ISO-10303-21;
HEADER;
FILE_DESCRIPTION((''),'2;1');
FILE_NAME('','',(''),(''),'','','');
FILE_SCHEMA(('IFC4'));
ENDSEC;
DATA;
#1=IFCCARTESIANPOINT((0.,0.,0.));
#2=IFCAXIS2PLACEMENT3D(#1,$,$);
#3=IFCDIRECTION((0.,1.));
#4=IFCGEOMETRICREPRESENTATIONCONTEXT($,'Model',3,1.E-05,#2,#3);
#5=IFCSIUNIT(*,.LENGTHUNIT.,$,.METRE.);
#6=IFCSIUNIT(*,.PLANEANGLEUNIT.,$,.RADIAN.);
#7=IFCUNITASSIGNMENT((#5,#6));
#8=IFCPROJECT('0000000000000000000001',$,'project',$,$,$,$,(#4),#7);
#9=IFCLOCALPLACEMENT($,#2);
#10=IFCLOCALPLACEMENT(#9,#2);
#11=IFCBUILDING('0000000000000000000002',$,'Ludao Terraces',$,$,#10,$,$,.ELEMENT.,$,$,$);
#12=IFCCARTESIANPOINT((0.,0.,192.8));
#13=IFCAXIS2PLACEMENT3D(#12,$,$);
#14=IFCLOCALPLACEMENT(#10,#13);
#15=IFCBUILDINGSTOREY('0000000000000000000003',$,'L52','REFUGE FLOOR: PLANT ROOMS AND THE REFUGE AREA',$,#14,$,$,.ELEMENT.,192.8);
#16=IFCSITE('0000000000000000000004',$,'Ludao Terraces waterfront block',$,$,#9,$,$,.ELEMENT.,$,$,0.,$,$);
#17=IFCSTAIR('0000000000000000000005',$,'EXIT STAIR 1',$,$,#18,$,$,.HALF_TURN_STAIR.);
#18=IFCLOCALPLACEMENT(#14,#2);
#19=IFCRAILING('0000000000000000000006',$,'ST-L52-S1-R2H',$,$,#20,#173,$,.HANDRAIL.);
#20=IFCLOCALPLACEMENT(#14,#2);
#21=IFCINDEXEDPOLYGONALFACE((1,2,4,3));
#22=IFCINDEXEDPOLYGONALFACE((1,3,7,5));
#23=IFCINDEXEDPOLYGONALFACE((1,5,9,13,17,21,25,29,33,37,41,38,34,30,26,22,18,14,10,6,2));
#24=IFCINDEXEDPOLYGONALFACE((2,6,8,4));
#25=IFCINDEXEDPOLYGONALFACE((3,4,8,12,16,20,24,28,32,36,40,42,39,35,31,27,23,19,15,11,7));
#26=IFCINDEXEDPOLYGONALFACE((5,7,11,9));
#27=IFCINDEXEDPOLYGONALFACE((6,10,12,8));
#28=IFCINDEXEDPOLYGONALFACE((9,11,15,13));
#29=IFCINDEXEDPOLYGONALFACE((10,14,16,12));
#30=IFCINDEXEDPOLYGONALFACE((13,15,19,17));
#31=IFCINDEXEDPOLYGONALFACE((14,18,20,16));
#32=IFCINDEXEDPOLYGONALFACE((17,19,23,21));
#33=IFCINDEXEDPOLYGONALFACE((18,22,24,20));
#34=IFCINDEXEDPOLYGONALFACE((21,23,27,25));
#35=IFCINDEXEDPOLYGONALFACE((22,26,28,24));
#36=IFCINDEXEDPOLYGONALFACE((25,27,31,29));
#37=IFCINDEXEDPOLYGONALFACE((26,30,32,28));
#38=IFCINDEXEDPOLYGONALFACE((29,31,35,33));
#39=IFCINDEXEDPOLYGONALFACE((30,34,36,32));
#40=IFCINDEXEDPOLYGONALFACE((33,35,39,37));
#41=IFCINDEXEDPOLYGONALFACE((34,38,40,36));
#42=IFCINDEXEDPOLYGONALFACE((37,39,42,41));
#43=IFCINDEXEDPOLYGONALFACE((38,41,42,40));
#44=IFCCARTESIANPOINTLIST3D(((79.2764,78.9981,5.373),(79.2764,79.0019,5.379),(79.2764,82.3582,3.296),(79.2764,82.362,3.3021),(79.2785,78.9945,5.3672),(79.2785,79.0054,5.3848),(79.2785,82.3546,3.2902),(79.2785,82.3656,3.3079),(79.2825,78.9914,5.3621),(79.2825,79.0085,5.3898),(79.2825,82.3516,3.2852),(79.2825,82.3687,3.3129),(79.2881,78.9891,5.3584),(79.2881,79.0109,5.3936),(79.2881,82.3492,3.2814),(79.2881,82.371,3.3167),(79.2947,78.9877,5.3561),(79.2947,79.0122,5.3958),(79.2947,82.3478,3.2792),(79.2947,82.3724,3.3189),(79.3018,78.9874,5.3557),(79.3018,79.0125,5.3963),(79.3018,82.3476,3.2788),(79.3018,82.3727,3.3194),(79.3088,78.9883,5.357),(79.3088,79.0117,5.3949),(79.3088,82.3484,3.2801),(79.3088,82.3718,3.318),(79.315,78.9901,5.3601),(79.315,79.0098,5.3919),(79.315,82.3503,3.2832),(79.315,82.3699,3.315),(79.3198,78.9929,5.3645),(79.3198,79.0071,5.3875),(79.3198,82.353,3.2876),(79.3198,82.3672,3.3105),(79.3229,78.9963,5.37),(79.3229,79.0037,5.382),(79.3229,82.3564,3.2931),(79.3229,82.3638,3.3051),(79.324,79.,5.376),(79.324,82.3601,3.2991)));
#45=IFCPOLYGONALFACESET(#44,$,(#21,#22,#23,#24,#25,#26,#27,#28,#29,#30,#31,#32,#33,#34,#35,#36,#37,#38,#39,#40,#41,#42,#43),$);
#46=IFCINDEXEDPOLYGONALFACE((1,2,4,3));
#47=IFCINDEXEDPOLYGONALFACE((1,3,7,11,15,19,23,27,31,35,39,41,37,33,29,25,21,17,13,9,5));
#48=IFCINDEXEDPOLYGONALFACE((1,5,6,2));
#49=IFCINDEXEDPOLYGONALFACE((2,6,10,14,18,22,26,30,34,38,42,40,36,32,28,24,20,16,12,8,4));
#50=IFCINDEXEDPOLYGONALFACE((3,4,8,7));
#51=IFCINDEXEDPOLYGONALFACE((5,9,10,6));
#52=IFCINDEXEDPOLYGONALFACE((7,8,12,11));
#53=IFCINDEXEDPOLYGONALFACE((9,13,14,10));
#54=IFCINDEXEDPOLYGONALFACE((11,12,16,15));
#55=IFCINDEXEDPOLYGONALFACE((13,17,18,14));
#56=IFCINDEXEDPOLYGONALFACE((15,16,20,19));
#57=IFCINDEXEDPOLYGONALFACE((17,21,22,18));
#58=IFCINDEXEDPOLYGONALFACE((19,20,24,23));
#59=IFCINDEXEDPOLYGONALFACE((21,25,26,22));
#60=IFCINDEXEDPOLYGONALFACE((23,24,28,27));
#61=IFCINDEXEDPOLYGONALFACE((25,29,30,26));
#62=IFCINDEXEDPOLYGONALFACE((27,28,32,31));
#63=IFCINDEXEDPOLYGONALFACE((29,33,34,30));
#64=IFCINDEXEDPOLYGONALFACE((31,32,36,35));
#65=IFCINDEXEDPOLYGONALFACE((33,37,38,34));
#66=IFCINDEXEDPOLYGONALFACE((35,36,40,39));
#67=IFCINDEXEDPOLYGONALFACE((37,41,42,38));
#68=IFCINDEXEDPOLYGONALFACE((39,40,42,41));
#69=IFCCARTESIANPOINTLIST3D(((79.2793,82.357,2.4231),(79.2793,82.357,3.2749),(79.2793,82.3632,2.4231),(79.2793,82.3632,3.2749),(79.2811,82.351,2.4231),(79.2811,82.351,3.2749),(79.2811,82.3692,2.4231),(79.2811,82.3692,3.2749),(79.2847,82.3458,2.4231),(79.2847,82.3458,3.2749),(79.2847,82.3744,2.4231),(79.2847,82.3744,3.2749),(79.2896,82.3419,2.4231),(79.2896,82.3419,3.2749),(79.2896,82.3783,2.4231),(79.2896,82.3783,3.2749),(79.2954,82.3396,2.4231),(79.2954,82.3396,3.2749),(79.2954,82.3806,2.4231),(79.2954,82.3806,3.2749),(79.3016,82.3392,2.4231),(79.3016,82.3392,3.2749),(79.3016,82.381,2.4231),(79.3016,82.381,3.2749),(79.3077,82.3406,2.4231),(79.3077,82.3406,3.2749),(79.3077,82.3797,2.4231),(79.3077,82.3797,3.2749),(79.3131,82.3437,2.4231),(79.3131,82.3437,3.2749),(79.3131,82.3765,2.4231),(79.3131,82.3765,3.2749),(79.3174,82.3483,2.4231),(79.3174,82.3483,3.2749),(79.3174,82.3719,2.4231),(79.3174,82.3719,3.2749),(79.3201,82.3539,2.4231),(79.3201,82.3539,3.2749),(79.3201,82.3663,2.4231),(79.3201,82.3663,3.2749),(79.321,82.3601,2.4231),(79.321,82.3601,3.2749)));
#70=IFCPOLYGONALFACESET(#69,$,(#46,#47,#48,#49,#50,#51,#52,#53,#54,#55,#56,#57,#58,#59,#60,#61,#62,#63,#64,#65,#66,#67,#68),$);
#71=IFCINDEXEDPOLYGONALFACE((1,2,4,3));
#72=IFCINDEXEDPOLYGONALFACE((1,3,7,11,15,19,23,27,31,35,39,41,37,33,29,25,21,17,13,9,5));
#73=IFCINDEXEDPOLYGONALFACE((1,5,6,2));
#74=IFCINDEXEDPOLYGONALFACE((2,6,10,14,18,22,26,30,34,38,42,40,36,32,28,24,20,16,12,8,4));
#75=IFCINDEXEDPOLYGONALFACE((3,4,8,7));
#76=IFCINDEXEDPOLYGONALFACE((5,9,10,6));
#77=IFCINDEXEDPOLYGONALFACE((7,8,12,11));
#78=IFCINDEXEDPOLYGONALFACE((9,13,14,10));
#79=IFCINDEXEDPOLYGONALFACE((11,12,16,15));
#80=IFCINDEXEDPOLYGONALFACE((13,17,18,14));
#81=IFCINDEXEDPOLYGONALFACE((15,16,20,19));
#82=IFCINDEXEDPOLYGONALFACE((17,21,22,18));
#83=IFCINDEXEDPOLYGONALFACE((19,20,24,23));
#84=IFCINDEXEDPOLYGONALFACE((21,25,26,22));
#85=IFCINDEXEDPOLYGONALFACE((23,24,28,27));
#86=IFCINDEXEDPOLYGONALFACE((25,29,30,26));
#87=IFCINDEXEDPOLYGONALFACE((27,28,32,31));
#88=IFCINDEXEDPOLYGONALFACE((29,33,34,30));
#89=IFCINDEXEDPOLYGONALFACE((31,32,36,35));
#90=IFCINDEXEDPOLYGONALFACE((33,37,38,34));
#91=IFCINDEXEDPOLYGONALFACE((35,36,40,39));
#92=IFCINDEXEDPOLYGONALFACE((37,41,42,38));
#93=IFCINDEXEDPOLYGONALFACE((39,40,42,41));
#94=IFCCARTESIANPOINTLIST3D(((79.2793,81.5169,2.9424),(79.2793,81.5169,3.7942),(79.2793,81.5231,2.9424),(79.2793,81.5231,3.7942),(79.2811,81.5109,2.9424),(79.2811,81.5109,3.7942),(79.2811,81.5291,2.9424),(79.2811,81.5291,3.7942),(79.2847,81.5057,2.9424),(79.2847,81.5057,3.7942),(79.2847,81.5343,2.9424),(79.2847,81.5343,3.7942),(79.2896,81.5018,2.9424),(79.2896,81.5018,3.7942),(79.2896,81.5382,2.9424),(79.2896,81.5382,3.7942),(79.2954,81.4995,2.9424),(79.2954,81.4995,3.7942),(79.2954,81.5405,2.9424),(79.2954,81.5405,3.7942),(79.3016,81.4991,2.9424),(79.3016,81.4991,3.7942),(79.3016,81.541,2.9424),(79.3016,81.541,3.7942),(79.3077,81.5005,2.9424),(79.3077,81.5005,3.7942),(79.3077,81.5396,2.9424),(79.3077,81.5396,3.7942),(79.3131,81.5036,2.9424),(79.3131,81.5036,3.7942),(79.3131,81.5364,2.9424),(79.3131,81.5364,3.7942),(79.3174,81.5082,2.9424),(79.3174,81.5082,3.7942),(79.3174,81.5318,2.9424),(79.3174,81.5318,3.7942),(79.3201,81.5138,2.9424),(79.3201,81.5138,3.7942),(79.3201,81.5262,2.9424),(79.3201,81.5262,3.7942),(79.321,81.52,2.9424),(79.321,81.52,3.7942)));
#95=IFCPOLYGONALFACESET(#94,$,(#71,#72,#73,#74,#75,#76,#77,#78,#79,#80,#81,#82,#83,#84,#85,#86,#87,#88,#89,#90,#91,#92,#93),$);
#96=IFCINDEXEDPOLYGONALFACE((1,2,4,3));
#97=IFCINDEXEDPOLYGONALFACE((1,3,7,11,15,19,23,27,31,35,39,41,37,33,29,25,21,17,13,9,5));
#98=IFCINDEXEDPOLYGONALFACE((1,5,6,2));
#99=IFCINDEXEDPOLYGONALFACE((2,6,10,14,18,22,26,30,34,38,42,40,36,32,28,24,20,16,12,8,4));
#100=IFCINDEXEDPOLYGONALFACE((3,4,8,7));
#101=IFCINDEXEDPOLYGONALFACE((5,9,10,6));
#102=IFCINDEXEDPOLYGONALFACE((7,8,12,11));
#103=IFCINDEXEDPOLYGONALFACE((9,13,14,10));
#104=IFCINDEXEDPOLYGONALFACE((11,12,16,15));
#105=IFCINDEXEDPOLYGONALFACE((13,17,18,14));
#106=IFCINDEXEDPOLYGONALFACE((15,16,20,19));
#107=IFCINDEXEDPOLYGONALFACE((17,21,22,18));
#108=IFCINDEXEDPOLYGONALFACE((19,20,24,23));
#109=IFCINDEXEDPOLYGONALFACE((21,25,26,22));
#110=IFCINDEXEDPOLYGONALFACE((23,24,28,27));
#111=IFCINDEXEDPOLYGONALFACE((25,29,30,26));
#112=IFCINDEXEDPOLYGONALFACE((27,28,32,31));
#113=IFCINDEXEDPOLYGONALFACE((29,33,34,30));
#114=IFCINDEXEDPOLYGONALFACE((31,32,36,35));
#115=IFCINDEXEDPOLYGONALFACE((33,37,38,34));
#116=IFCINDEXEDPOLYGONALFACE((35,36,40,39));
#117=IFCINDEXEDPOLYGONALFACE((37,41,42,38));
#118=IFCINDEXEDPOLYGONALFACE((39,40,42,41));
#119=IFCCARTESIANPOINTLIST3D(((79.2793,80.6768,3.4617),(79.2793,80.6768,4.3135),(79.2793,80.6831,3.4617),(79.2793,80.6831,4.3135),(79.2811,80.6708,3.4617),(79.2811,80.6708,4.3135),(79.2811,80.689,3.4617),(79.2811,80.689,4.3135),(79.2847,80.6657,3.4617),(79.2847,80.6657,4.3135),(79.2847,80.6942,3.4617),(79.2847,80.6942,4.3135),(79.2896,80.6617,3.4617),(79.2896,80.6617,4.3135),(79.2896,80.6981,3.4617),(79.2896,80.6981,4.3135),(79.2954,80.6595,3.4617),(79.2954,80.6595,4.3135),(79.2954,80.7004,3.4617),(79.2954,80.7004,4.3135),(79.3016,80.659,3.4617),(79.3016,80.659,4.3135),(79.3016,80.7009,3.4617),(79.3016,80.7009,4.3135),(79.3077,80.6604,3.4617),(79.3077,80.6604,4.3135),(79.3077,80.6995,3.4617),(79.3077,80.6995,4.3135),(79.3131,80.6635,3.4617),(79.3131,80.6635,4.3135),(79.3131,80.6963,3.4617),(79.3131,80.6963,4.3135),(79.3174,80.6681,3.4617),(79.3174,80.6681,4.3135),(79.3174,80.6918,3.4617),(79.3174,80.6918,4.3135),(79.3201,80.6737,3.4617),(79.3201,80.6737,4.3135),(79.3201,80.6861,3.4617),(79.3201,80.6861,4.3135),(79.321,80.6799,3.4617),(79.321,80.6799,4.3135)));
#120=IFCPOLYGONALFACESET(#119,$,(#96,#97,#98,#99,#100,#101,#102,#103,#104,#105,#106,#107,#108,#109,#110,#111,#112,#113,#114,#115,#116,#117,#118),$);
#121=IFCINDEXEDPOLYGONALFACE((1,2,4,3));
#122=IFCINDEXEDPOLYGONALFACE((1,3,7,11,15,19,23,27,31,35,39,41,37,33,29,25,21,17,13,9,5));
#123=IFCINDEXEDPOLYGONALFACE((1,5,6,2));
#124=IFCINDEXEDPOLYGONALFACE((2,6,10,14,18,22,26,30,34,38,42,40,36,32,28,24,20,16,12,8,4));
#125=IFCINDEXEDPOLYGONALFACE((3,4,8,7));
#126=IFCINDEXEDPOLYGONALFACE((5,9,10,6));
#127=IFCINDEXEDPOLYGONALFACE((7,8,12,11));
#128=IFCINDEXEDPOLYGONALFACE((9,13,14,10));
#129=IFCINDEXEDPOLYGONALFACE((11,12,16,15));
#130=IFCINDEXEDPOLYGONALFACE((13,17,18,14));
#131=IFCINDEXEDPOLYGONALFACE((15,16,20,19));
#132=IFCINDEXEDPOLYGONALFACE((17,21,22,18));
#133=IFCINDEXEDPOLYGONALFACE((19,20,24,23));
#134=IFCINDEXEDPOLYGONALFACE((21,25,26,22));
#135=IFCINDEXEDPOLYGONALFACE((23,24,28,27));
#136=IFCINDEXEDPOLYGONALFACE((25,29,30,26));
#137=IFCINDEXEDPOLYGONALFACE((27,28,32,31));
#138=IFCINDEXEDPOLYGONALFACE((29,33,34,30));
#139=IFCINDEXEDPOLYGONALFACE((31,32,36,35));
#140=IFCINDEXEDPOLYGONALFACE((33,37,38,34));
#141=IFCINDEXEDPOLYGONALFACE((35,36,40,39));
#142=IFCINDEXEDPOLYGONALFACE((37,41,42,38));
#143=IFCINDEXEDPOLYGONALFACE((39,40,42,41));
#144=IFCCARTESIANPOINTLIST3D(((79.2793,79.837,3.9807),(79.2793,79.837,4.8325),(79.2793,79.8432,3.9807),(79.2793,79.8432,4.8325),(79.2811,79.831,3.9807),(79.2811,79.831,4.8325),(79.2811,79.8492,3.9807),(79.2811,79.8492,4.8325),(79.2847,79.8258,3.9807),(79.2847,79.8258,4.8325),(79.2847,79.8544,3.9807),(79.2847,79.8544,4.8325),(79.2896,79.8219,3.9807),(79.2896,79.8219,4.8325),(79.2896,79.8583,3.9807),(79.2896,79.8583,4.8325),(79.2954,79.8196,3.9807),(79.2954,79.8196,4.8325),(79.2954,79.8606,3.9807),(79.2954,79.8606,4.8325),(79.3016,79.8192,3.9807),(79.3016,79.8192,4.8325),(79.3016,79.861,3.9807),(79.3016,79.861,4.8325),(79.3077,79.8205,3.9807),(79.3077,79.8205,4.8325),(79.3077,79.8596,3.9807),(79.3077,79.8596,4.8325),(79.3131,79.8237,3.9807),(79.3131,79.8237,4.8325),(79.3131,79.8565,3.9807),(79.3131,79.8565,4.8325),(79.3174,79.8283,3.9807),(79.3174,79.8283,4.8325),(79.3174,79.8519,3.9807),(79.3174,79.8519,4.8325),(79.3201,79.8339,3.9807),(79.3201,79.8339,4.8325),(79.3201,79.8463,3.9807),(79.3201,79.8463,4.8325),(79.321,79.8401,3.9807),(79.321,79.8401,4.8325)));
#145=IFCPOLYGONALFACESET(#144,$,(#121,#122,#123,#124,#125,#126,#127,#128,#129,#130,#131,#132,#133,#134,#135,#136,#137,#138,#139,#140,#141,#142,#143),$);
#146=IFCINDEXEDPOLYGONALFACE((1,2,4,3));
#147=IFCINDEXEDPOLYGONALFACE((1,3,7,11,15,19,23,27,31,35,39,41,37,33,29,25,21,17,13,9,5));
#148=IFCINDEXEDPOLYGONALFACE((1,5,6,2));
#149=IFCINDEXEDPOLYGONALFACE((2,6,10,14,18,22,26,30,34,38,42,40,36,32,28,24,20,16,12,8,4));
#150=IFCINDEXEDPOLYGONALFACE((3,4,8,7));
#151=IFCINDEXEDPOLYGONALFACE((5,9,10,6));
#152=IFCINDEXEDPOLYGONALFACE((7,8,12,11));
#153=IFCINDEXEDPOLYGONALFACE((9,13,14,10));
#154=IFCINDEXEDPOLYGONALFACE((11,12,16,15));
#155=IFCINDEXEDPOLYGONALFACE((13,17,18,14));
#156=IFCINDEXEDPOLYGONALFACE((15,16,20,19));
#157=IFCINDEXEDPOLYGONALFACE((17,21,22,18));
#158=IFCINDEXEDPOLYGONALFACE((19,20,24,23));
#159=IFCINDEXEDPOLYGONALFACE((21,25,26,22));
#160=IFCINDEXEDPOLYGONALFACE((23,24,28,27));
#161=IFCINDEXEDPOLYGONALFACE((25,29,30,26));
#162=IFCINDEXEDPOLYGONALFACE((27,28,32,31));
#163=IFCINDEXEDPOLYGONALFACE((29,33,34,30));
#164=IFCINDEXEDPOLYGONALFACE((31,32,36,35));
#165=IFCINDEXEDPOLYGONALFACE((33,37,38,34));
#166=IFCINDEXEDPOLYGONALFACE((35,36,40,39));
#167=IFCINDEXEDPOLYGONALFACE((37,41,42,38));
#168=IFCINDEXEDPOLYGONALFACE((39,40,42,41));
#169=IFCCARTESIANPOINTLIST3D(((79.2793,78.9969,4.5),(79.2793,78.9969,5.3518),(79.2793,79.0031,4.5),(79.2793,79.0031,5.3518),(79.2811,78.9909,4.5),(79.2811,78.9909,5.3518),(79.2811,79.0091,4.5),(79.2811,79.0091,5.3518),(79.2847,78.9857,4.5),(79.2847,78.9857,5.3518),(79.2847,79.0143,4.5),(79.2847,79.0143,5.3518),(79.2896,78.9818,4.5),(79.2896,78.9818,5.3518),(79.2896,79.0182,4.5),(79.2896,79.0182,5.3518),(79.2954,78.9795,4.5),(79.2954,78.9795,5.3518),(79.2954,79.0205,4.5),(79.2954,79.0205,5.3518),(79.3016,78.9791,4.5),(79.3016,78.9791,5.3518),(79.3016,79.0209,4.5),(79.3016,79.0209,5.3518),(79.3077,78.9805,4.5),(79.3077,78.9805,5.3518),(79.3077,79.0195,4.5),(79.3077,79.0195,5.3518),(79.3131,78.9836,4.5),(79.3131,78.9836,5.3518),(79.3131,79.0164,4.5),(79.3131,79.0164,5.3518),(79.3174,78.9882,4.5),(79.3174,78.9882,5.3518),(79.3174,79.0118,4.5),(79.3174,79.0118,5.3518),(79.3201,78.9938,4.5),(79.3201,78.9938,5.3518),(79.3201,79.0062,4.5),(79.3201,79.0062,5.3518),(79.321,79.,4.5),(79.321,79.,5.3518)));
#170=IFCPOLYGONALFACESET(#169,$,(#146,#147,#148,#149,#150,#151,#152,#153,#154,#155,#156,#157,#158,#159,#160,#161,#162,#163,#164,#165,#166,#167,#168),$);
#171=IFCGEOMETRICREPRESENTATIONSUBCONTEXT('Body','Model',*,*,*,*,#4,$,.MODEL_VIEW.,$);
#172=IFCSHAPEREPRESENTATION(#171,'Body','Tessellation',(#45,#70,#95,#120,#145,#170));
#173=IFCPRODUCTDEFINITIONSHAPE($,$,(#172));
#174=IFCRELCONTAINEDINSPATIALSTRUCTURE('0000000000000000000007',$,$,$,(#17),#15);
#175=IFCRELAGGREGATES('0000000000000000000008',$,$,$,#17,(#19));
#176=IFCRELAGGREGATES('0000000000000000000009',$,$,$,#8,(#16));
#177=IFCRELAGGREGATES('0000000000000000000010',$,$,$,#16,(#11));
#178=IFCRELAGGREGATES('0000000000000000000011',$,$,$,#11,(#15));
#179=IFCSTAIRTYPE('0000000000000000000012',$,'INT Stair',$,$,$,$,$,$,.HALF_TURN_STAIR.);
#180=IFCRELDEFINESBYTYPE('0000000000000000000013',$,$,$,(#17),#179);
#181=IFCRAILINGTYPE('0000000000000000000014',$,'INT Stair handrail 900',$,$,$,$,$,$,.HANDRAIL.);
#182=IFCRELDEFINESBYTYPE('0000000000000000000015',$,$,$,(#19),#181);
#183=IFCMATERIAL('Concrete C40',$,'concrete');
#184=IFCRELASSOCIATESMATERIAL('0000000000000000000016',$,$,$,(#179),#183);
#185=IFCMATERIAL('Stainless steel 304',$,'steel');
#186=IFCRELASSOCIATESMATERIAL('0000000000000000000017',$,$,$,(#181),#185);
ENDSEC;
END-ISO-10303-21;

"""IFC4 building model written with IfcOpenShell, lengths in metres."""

from ifc_helpers import new_model, si_unit, direction, frame, origin, origin_2d, place, context, subcontext, project, spatial, circle, extrude, material, type_object, element, aggregate, save


model = new_model("IFC4")

# Units and contexts
model_context = context("Model", 3, precision=1e-05, world=origin(), true_north=direction((0.0, 1.0)))
body_context = subcontext(model_context, "Body", "Model", "MODEL_VIEW")
ifc_project = project(units=[si_unit("LENGTHUNIT", "METRE"), si_unit("PLANEANGLEUNIT", "RADIAN")], contexts=[model_context])

# Site, building, storey
site_placement = place(None, origin())
site = spatial("IfcSite", under=ifc_project, at=site_placement, Name="Ludao Terraces waterfront block", CompositionType="ELEMENT", RefElevation=0.0)
building_placement = place(site_placement, origin())
building = spatial("IfcBuilding", under=site, at=building_placement, Name="Ludao Terraces", CompositionType="ELEMENT")
storey_placement = place(building_placement, frame((0.0, 0.0, 192.8)))
storey = spatial("IfcBuildingStorey", under=building, at=storey_placement, Name="L52", Description="REFUGE FLOOR: PLANT ROOMS AND THE REFUGE AREA", CompositionType="ELEMENT", Elevation=192.8)

# Shared definitions
ifc_material_1 = material(Name="Stainless steel 304", Category="steel")

# Stair, railing
ifc_material_2 = material(Name="Concrete C40", Category="concrete")
stair_type = type_object("IfcStairType", Name="INT Stair", PredefinedType="HALF_TURN_STAIR", material=ifc_material_2)
stair_placement = place(storey_placement, origin())
stair = element("IfcStair", 1, at=stair_placement, inside=storey, type_object=stair_type, Name="EXIT STAIR 1", PredefinedType="HALF_TURN_STAIR")
railing_type_1 = type_object("IfcRailingType", Name="INT Stair handrail 900", PredefinedType="HANDRAIL", material=ifc_material_1)
railing_1_placement = place(storey_placement, frame((79.3, 82.3601, 2.4231)))
railing_1 = element("IfcRailing", 2, at=railing_1_placement, type_object=railing_type_1, Name="ST-L52-S1-R2H", PredefinedType="HANDRAIL", context=body_context, shape_type="SweptSolid", body=[
    extrude(circle(Radius=0.0239, at=origin_2d()), frame((0.0, 0.0, 0.876), z_axis=(0.0, -0.850623, 0.525776), x_axis=(1.0, 0.0, 0.0)), (0.0, 0.0, 1.0), 3.9502),
    extrude(circle(Radius=0.021, at=origin_2d()), origin(), (0.0, 0.0, 1.0), 0.8518),
    extrude(circle(Radius=0.021, at=origin_2d()), frame((0.0, -0.8401, 0.5193)), (0.0, 0.0, 1.0), 0.8518),
    extrude(circle(Radius=0.021, at=origin_2d()), frame((0.0, -1.6802, 1.0386)), (0.0, 0.0, 1.0), 0.8518),
    extrude(circle(Radius=0.021, at=origin_2d()), frame((0.0, -2.52, 1.5576)), (0.0, 0.0, 1.0), 0.8518),
    extrude(circle(Radius=0.021, at=origin_2d()), frame((0.0, -3.3601, 2.0769)), (0.0, 0.0, 1.0), 0.8518),
])
aggregate(stair, [railing_1])

save(model, "model.ifc")
